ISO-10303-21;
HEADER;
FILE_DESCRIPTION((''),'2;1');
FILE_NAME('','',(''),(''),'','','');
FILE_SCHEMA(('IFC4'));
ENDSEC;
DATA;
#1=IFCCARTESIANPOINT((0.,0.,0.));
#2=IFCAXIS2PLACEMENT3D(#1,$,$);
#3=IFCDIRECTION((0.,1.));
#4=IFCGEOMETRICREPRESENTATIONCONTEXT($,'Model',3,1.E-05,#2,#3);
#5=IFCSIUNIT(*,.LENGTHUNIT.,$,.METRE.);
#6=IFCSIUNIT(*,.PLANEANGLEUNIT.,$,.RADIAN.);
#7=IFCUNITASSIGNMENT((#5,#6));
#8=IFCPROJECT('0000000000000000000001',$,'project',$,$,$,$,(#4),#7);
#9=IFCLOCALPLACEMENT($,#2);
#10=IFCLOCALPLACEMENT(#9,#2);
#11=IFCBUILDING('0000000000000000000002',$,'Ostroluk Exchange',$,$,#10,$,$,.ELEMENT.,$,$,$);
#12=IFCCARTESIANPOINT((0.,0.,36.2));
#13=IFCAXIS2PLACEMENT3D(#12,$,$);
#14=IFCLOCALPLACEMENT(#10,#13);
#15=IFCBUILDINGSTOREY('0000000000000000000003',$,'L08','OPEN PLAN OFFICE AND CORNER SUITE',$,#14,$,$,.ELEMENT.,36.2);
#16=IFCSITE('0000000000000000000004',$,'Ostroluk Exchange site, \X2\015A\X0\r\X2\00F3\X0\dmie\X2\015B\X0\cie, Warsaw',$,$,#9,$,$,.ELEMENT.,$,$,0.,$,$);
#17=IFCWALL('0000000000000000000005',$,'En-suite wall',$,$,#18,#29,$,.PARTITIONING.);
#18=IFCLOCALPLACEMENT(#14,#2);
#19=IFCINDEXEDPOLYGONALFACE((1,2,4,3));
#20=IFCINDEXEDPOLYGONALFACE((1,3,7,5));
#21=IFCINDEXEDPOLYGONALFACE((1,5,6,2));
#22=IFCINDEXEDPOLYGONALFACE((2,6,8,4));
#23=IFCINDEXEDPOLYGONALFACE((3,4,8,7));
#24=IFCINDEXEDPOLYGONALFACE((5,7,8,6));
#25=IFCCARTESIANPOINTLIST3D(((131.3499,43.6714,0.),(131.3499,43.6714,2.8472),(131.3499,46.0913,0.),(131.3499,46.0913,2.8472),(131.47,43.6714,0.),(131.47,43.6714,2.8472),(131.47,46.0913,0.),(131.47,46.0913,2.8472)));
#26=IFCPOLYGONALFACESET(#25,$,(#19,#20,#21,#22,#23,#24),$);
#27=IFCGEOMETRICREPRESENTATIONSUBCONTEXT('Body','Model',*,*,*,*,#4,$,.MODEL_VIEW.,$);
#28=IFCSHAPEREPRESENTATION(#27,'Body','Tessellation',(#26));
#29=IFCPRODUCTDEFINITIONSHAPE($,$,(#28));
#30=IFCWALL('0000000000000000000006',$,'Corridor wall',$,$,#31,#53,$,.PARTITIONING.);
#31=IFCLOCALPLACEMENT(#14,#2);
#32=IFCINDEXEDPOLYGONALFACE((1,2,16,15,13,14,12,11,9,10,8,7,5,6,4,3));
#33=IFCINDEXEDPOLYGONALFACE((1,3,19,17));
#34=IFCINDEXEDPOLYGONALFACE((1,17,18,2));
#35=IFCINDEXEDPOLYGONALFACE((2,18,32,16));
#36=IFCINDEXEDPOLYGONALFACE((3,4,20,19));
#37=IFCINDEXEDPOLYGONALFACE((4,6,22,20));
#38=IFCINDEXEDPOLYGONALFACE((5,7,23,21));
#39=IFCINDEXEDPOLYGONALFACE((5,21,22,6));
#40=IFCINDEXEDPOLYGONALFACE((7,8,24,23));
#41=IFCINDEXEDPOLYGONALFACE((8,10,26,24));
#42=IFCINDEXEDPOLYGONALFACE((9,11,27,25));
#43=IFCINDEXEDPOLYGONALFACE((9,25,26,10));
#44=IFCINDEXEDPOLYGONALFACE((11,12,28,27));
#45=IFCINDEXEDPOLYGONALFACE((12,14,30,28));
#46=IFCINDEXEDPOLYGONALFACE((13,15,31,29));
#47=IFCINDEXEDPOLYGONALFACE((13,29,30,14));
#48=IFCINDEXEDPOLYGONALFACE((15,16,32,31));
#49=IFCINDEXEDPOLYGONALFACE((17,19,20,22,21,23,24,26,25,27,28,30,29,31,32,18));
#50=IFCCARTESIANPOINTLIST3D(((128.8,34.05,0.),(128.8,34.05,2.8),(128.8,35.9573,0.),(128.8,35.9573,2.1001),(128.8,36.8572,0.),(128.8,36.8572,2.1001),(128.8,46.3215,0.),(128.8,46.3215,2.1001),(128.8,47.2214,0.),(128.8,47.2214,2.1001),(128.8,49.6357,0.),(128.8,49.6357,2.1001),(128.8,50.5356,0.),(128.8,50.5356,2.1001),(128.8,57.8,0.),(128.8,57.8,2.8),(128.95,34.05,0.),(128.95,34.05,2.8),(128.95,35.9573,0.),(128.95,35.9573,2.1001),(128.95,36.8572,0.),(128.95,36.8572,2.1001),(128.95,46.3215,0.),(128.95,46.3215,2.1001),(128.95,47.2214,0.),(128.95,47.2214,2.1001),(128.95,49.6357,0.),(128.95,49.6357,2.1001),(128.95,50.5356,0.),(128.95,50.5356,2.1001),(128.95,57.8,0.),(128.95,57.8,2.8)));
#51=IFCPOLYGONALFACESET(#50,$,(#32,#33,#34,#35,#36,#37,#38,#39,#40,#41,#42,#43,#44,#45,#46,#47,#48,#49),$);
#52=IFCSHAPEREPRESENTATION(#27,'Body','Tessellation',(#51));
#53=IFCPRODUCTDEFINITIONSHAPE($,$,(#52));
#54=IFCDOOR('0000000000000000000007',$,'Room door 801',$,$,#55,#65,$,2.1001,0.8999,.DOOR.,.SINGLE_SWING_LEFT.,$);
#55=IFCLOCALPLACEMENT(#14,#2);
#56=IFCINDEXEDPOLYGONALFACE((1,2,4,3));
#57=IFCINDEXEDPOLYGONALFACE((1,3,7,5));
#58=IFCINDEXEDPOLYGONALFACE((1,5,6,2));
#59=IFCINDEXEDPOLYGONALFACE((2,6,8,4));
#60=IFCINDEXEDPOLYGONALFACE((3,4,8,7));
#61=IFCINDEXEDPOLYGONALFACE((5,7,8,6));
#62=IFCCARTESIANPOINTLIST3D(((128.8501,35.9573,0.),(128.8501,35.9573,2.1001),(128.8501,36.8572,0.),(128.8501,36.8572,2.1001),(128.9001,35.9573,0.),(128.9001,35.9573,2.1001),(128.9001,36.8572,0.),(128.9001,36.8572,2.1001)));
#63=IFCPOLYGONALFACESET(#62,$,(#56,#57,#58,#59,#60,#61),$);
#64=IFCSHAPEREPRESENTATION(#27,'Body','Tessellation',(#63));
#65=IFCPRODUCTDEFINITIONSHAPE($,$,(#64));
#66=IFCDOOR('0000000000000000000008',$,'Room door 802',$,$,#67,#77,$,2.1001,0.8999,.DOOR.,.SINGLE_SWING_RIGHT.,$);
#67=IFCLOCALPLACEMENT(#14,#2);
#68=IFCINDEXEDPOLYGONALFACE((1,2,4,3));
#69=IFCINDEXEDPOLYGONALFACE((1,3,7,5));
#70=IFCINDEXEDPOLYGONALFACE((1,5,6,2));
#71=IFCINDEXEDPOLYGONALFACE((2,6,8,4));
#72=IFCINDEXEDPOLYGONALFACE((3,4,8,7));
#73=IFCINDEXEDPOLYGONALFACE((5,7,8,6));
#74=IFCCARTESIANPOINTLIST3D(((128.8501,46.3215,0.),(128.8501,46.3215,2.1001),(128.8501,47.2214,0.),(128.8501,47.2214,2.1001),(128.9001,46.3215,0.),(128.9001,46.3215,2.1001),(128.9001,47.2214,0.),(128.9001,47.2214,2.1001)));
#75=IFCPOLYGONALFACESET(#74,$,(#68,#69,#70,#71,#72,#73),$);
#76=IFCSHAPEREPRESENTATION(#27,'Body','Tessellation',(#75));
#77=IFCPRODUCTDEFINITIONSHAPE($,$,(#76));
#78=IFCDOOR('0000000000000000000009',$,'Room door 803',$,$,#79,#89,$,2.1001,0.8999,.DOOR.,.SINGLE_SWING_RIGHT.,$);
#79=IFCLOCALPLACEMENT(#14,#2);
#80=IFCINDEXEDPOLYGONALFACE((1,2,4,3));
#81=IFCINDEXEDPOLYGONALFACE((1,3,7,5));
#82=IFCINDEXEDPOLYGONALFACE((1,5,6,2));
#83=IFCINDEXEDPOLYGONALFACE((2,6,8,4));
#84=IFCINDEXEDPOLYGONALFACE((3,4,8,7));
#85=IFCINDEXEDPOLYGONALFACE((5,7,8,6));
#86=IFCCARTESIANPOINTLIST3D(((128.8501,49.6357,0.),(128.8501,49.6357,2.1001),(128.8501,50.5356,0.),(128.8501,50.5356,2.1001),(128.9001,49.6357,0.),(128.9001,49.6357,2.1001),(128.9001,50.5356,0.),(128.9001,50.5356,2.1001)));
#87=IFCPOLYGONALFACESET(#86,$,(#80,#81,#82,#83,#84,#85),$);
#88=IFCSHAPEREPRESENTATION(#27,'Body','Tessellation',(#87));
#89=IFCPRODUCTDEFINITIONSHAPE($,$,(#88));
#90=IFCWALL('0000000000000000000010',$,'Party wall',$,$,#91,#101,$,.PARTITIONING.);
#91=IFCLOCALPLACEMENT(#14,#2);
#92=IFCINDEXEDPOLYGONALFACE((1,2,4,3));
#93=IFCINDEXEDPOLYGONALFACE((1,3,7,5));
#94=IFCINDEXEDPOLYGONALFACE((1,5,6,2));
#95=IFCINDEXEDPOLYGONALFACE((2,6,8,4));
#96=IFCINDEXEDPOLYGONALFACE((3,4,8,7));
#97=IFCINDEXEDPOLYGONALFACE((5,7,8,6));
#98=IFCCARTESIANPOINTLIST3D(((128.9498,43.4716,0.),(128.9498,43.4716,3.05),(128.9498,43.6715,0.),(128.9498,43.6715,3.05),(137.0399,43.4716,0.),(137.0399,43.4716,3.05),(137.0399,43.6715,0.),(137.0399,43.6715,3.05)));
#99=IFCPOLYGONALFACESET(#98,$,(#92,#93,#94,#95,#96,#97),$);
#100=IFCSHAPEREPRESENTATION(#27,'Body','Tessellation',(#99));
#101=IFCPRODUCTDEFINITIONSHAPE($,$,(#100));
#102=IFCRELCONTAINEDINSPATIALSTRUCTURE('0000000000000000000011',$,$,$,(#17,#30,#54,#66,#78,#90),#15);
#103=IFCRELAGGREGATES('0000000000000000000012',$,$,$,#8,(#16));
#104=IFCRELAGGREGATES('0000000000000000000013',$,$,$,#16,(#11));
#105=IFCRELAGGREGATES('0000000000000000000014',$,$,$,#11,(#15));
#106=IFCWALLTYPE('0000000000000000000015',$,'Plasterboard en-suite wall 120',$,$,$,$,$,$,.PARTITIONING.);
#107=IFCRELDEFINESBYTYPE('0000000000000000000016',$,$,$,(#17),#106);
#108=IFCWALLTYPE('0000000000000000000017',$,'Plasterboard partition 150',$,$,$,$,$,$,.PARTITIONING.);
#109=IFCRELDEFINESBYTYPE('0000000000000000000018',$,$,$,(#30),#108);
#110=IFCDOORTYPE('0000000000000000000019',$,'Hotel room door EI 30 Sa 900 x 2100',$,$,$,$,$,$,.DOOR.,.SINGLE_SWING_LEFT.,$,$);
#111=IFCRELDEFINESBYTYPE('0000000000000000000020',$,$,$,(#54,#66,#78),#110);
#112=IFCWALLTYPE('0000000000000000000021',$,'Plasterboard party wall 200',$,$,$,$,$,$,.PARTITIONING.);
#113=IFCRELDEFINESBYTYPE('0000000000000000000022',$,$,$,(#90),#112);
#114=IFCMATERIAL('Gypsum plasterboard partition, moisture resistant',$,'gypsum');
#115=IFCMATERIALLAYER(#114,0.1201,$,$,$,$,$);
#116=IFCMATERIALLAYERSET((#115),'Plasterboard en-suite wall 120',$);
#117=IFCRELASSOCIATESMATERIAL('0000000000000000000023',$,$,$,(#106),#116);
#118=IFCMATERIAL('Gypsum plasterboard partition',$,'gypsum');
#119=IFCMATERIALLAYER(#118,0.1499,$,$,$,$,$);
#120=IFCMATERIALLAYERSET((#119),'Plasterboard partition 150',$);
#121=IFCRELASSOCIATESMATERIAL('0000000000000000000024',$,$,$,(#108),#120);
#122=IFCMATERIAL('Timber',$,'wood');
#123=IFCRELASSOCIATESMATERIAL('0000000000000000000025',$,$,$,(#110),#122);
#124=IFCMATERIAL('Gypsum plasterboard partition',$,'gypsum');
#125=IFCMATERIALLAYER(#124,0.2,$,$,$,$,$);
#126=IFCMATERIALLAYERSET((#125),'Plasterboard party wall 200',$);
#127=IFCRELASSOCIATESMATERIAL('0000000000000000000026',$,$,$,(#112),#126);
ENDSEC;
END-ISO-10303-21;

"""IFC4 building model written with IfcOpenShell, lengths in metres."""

from ifc_helpers import new_model, si_unit, direction, frame, frame_2d, origin, place, context, subcontext, project, spatial, rectangle, extrude, material, layer, layer_set, type_object, element, fill, save


model = new_model("IFC4")

# Units and contexts
model_context = context("Model", 3, precision=1e-05, world=origin(), true_north=direction((0.0, 1.0)))
body_context = subcontext(model_context, "Body", "Model", "MODEL_VIEW")
ifc_project = project(units=[si_unit("LENGTHUNIT", "METRE"), si_unit("PLANEANGLEUNIT", "RADIAN")], contexts=[model_context])

# Site, building, storey
site_placement = place(None, origin())
site = spatial("IfcSite", under=ifc_project, at=site_placement, Name="Ostroluk Exchange site, Śródmieście, Warsaw", CompositionType="ELEMENT", RefElevation=0.0)
building_placement = place(site_placement, origin())
building = spatial("IfcBuilding", under=site, at=building_placement, Name="Ostroluk Exchange", CompositionType="ELEMENT")
storey_placement = place(building_placement, frame((0.0, 0.0, 36.2)))
storey = spatial("IfcBuildingStorey", under=building, at=storey_placement, Name="L08", Description="OPEN PLAN OFFICE AND CORNER SUITE", CompositionType="ELEMENT", Elevation=36.2)

# Shared definitions
ifc_material_1 = material(Name="Gypsum plasterboard partition, moisture resistant", Category="gypsum")
ifc_layer_1 = layer(ifc_material_1, 0.1201)
ifc_layer_set_1 = layer_set([ifc_layer_1], Name="Plasterboard en-suite wall 120")
wall_type_1 = type_object("IfcWallType", Name="Plasterboard en-suite wall 120", PredefinedType="PARTITIONING", material=ifc_layer_set_1)

# Wall
wall_1_placement = place(storey_placement, frame((131.4099, 43.6714, 0.0), z_axis=(0.0, 0.0, 1.0), x_axis=(0.0, 1.0, 0.0)))
element("IfcWall", 1, at=wall_1_placement, inside=storey, type_object=wall_type_1, Name="En-suite wall", PredefinedType="PARTITIONING", context=body_context, shape_type="SweptSolid", body=[
    extrude(rectangle(XDim=2.4199, YDim=0.1201, at=frame_2d((1.21, 0.0))), origin(), (0.0, 0.0, 1.0), 2.8472),
])

# Wall, openings, doors
ifc_material_2 = material(Name="Gypsum plasterboard partition", Category="gypsum")
ifc_layer_2 = layer(ifc_material_2, 0.1499)
ifc_layer_set_2 = layer_set([ifc_layer_2], Name="Plasterboard partition 150")
wall_type_2 = type_object("IfcWallType", Name="Plasterboard partition 150", PredefinedType="PARTITIONING", material=ifc_layer_set_2)
wall_2_placement = place(storey_placement, frame((128.875, 34.05, 0.0), z_axis=(0.0, 0.0, 1.0), x_axis=(0.0, 1.0, 0.0)))
wall_2 = element("IfcWall", 2, at=wall_2_placement, inside=storey, type_object=wall_type_2, Name="Corridor wall", PredefinedType="PARTITIONING", context=body_context, shape_type="SweptSolid", body=[
    extrude(rectangle(XDim=23.75, YDim=0.1499, at=frame_2d((11.875, 0.0))), origin(), (0.0, 0.0, 1.0), 2.8),
])
opening_1_placement = place(wall_2_placement, frame((1.9072, 0.0, 0.0)))
opening_1 = element("IfcOpeningElement", 3, at=opening_1_placement, cuts=wall_2, PredefinedType="OPENING", context=body_context, shape_type="SweptSolid", body=[
    extrude(rectangle(XDim=0.8999, YDim=2.1001, at=frame_2d((0.45, 1.05))), frame((0.0, 0.085, 0.0), z_axis=(0.0, -1.0, 0.0), x_axis=(1.0, 0.0, 0.0)), (0.0, 0.0, 1.0), 0.1699),
])
opening_2_placement = place(wall_2_placement, frame((12.2715, 0.0, 0.0)))
opening_2 = element("IfcOpeningElement", 4, at=opening_2_placement, cuts=wall_2, PredefinedType="OPENING", context=body_context, shape_type="SweptSolid", body=[
    extrude(rectangle(XDim=0.8999, YDim=2.1001, at=frame_2d((0.45, 1.05))), frame((0.0, 0.085, 0.0), z_axis=(0.0, -1.0, 0.0), x_axis=(1.0, 0.0, 0.0)), (0.0, 0.0, 1.0), 0.1699),
])
opening_3_placement = place(wall_2_placement, frame((15.5857, 0.0, 0.0)))
opening_3 = element("IfcOpeningElement", 5, at=opening_3_placement, cuts=wall_2, PredefinedType="OPENING", context=body_context, shape_type="SweptSolid", body=[
    extrude(rectangle(XDim=0.8999, YDim=2.1001, at=frame_2d((0.45, 1.05))), frame((0.0, 0.085, 0.0), z_axis=(0.0, -1.0, 0.0), x_axis=(1.0, 0.0, 0.0)), (0.0, 0.0, 1.0), 0.1699),
])
ifc_material_3 = material(Name="Timber", Category="wood")
door_type_1 = type_object("IfcDoorType", Name="Hotel room door EI 30 Sa 900 x 2100", OperationType="SINGLE_SWING_LEFT", PredefinedType="DOOR", material=ifc_material_3)
door_1_placement = place(opening_1_placement, origin())
door_1 = element("IfcDoor", 6, at=door_1_placement, inside=storey, type_object=door_type_1, Name="Room door 801", OperationType="SINGLE_SWING_LEFT", OverallHeight=2.1001, OverallWidth=0.8999, PredefinedType="DOOR", context=body_context, shape_type="SweptSolid", body=[
    extrude(rectangle(XDim=0.8999, YDim=2.1001, at=frame_2d((0.45, 1.05))), frame((0.0, 0.0249, 0.0), z_axis=(0.0, -1.0, 0.0), x_axis=(1.0, 0.0, 0.0)), (0.0, 0.0, 1.0), 0.05),
])
fill(opening_1, door_1)
door_2_placement = place(opening_2_placement, origin())
door_2 = element("IfcDoor", 7, at=door_2_placement, inside=storey, type_object=door_type_1, Name="Room door 802", OperationType="SINGLE_SWING_RIGHT", OverallHeight=2.1001, OverallWidth=0.8999, PredefinedType="DOOR", context=body_context, shape_type="SweptSolid", body=[
    extrude(rectangle(XDim=0.8999, YDim=2.1001, at=frame_2d((0.45, 1.05))), frame((0.0, 0.0249, 0.0), z_axis=(0.0, -1.0, 0.0), x_axis=(1.0, 0.0, 0.0)), (0.0, 0.0, 1.0), 0.05),
])
fill(opening_2, door_2)
door_3_placement = place(opening_3_placement, origin())
door_3 = element("IfcDoor", 8, at=door_3_placement, inside=storey, type_object=door_type_1, Name="Room door 803", OperationType="SINGLE_SWING_RIGHT", OverallHeight=2.1001, OverallWidth=0.8999, PredefinedType="DOOR", context=body_context, shape_type="SweptSolid", body=[
    extrude(rectangle(XDim=0.8999, YDim=2.1001, at=frame_2d((0.45, 1.05))), frame((0.0, 0.0249, 0.0), z_axis=(0.0, -1.0, 0.0), x_axis=(1.0, 0.0, 0.0)), (0.0, 0.0, 1.0), 0.05),
])
fill(opening_3, door_3)

# Wall
ifc_material_4 = material(Name="Gypsum plasterboard partition", Category="gypsum")
ifc_layer_3 = layer(ifc_material_4, 0.2)
ifc_layer_set_3 = layer_set([ifc_layer_3], Name="Plasterboard party wall 200")
wall_type_3 = type_object("IfcWallType", Name="Plasterboard party wall 200", PredefinedType="PARTITIONING", material=ifc_layer_set_3)
wall_3_placement = place(storey_placement, frame((128.95, 43.5715, 0.0), z_axis=(0.0, 0.0, 1.0), x_axis=(1.0, 0.0, 0.0)))
element("IfcWall", 9, at=wall_3_placement, inside=storey, type_object=wall_type_3, Name="Party wall", PredefinedType="PARTITIONING", context=body_context, shape_type="SweptSolid", body=[
    extrude(rectangle(XDim=8.0901, YDim=0.2, at=frame_2d((4.0449, 0.0))), origin(), (0.0, 0.0, 1.0), 3.05),
])

save(model, "model.ifc")
